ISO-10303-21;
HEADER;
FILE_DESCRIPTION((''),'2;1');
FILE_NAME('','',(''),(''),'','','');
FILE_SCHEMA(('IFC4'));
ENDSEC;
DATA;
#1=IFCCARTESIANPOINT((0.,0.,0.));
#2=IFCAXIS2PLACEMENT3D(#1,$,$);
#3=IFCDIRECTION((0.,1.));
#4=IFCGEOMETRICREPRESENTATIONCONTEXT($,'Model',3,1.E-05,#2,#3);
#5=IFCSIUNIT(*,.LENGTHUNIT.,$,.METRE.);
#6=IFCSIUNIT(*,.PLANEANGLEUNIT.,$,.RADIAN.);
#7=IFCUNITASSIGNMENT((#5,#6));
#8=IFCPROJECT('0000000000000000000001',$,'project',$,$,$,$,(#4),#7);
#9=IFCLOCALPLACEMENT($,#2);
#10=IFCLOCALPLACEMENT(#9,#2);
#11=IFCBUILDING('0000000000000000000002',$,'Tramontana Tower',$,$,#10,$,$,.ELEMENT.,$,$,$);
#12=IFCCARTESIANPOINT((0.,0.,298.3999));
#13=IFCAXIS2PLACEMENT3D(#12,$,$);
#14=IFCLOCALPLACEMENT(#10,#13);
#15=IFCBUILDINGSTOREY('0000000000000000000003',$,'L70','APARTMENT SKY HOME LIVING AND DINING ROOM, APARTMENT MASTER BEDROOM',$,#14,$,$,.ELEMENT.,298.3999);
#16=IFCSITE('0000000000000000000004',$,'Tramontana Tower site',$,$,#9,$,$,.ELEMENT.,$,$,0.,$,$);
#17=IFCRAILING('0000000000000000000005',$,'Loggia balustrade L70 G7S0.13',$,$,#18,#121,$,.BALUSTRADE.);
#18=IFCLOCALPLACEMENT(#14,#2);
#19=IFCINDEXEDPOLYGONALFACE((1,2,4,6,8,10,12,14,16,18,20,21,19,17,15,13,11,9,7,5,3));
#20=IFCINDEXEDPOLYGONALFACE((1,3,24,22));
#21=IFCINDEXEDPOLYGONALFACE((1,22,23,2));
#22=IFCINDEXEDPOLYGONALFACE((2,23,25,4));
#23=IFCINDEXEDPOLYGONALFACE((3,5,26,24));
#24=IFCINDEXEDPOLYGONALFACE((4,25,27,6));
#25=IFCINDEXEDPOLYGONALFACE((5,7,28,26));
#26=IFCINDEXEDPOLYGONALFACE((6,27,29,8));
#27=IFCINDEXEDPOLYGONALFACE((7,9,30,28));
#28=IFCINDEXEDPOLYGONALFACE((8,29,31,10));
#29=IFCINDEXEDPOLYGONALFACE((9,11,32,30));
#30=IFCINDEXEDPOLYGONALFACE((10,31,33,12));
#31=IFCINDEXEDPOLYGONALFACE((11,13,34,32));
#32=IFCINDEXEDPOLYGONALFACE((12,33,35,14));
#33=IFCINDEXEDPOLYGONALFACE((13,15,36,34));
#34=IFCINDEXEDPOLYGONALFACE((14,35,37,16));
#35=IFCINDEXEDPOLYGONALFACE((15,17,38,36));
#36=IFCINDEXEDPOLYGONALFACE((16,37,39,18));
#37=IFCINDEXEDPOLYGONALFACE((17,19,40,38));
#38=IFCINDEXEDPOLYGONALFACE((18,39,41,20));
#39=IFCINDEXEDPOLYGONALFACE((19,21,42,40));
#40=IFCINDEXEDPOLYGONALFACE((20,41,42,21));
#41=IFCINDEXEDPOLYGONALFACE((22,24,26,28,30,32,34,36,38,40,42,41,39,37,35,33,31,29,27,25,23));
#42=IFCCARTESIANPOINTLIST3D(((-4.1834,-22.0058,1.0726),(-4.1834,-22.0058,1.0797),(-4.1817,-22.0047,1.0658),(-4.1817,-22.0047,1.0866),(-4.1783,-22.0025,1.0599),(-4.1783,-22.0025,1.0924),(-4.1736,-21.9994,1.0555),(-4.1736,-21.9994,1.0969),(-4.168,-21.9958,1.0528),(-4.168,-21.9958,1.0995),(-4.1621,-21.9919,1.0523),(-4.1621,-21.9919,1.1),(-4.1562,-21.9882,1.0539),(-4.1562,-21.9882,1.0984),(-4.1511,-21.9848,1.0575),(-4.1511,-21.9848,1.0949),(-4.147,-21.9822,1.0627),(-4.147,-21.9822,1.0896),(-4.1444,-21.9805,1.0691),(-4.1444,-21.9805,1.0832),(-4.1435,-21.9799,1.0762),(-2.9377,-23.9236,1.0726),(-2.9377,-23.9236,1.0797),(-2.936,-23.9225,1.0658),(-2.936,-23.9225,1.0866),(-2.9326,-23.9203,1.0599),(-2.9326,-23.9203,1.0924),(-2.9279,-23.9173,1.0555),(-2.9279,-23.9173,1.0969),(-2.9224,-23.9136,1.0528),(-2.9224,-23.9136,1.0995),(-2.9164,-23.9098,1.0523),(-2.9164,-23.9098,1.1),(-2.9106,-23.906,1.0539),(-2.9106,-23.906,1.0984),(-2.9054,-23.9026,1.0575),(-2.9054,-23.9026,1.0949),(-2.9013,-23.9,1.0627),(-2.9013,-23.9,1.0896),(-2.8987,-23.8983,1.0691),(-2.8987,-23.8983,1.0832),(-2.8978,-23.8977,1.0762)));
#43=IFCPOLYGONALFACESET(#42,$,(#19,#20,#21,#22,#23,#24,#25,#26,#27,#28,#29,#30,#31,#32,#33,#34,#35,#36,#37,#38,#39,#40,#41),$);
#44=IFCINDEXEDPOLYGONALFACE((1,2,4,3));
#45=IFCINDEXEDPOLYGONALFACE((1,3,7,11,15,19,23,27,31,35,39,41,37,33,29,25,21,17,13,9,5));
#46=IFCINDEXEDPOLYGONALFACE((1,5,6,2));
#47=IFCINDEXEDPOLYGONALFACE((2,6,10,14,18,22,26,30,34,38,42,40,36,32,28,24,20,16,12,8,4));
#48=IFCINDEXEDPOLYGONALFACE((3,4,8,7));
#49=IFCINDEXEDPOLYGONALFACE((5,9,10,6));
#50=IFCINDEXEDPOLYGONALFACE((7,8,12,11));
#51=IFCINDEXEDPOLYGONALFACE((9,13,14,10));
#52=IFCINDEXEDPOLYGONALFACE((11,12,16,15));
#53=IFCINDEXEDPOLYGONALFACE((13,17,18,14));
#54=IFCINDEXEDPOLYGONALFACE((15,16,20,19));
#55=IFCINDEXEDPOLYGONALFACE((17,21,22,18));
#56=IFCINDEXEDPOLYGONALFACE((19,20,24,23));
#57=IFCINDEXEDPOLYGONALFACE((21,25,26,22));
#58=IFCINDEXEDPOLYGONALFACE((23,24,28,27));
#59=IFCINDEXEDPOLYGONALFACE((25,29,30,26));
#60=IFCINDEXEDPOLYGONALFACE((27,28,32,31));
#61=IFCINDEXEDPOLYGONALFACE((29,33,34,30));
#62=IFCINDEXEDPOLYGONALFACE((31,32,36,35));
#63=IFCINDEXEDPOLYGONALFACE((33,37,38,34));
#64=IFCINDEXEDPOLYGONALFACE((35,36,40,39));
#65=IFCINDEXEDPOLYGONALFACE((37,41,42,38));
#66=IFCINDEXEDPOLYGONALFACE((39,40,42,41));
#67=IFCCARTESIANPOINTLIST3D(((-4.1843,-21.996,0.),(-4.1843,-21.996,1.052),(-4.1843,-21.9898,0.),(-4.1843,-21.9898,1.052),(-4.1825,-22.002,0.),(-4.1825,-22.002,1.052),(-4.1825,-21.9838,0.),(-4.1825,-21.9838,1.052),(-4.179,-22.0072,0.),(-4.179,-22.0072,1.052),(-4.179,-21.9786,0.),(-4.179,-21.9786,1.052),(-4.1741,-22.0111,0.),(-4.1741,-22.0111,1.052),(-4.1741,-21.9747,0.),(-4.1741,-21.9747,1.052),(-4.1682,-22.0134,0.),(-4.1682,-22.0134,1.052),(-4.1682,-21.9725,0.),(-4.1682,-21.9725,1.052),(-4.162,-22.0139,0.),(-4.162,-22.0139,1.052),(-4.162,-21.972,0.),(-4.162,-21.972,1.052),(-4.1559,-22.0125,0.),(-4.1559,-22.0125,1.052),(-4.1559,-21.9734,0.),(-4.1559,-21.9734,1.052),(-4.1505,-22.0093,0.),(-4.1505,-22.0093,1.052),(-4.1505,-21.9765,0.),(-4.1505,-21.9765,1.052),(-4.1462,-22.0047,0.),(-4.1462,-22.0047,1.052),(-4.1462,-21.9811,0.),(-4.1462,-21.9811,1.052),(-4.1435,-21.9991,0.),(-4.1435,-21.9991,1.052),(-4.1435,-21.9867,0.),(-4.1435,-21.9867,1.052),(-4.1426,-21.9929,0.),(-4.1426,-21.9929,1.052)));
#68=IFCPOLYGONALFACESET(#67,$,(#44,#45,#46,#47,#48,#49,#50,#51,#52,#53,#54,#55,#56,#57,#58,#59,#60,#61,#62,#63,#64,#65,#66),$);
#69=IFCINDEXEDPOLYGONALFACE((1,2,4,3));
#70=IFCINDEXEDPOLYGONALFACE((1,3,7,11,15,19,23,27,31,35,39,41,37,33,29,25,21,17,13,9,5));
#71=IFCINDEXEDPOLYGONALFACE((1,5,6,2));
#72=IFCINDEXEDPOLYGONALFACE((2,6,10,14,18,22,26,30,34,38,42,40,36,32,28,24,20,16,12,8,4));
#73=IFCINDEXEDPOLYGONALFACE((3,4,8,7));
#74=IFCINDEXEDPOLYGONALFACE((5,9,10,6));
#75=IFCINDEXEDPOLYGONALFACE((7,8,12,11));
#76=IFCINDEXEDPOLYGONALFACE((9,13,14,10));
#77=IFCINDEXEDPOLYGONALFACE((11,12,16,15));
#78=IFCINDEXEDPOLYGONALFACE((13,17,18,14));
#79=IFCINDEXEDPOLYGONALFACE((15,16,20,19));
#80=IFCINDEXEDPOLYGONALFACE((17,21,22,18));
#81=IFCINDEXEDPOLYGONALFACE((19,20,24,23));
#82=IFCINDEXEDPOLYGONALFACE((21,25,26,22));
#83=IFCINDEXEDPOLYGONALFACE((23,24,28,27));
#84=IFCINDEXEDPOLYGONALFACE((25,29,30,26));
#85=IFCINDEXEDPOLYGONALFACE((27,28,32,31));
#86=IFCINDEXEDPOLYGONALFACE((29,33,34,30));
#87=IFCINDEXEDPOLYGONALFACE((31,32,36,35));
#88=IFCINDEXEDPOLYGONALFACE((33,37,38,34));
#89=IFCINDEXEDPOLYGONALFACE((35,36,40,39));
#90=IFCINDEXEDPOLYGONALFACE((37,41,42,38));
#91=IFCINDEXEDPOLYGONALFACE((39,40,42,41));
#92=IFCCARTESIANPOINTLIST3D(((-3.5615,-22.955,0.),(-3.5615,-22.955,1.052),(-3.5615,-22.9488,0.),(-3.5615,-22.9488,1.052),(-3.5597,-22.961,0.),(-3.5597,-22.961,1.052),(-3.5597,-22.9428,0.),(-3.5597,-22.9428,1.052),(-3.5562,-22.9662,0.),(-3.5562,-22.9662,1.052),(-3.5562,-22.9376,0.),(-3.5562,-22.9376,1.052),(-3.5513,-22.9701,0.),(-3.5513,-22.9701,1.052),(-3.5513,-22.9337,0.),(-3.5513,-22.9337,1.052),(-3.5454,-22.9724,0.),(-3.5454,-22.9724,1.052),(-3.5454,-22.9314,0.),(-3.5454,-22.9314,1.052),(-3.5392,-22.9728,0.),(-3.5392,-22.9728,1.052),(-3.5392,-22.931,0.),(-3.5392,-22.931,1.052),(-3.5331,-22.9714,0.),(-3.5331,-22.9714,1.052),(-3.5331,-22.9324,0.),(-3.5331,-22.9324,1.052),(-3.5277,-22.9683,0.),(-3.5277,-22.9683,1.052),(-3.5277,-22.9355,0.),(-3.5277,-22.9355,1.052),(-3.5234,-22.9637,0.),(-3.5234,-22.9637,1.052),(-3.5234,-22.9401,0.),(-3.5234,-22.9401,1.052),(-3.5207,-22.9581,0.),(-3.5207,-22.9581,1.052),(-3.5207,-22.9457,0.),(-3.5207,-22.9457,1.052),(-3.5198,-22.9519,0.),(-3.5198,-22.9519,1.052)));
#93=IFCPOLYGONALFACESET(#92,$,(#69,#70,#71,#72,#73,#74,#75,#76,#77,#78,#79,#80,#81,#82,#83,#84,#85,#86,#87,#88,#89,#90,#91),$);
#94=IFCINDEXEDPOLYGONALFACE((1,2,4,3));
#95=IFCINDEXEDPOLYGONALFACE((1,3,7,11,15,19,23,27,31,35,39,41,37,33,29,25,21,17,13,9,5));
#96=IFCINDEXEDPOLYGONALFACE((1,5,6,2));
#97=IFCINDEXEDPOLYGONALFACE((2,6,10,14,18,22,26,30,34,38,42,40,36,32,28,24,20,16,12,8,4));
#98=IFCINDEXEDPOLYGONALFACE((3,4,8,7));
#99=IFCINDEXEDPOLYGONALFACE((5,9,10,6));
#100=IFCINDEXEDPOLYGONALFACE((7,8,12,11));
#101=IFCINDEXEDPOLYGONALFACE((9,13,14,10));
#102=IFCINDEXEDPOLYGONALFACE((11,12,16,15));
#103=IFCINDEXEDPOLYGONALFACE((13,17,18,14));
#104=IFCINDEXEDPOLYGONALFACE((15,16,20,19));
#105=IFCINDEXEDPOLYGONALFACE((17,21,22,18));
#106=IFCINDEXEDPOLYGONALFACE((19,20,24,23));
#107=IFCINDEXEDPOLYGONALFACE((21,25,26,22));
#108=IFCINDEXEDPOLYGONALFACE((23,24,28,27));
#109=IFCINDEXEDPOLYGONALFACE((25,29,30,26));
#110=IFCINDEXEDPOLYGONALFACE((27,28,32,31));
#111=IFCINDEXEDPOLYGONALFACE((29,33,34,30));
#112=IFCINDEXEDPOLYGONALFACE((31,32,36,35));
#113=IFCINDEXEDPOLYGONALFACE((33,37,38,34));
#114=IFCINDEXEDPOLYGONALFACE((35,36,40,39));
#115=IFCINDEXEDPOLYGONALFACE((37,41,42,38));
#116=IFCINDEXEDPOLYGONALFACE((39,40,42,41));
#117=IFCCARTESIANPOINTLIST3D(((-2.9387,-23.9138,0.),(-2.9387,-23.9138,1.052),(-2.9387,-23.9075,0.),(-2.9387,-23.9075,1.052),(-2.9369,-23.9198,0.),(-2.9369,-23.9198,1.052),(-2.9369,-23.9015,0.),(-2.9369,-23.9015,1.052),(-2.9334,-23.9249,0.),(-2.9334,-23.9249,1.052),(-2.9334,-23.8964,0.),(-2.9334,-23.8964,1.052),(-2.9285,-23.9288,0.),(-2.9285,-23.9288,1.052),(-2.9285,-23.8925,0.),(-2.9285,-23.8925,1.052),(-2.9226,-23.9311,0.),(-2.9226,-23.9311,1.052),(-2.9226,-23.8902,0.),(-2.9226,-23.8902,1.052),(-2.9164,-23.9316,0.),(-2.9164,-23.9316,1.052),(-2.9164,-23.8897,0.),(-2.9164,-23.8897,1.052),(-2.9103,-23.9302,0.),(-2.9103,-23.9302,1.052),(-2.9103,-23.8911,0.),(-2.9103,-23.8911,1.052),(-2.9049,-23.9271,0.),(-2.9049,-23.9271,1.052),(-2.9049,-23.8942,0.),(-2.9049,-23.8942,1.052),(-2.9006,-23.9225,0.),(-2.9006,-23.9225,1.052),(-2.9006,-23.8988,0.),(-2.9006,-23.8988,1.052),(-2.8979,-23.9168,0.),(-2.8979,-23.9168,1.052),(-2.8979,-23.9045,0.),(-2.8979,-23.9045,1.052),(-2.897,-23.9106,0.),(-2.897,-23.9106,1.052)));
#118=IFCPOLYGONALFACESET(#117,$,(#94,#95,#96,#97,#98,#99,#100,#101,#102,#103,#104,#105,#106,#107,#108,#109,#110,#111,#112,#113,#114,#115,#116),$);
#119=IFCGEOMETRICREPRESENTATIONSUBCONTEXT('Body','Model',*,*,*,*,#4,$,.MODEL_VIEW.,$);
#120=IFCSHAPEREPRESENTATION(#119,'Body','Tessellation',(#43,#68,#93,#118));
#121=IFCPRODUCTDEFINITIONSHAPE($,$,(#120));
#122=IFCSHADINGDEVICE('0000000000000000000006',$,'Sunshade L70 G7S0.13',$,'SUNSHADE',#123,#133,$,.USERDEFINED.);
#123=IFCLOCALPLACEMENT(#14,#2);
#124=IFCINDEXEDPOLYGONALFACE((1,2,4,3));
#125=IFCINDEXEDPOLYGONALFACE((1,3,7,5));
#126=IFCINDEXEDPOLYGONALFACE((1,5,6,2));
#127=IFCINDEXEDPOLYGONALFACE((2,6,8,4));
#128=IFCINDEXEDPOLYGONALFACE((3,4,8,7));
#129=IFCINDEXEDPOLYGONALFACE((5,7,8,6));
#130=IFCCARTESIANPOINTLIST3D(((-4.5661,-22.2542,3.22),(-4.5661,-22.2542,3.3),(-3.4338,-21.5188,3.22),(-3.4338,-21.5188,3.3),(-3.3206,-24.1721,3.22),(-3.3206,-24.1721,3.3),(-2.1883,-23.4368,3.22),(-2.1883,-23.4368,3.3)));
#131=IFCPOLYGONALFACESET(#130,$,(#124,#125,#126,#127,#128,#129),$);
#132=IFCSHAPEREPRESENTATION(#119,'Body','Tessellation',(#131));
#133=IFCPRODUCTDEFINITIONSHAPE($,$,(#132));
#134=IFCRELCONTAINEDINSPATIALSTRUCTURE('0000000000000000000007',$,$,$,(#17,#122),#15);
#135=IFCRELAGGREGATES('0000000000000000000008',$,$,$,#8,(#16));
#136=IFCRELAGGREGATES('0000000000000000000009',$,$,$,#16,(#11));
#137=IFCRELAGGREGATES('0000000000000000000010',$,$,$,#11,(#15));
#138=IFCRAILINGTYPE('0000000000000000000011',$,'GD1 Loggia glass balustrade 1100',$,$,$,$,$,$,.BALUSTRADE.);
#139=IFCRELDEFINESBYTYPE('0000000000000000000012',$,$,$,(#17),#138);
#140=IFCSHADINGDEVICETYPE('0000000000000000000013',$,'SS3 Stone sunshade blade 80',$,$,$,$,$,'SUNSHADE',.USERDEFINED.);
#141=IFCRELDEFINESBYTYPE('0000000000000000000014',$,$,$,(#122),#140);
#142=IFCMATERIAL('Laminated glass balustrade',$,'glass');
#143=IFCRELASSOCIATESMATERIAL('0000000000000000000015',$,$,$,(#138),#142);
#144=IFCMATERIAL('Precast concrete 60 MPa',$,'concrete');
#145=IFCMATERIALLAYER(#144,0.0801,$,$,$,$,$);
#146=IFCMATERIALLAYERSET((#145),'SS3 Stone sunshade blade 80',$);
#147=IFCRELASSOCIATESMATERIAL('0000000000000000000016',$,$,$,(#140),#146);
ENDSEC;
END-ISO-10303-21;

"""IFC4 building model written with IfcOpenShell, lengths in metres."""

from ifc_helpers import new_model, si_unit, direction, frame, origin, origin_2d, place, context, subcontext, project, spatial, rectangle, circle, extrude, material, layer, layer_set, type_object, element, save


model = new_model("IFC4")

# Units and contexts
model_context = context("Model", 3, precision=1e-05, world=origin(), true_north=direction((0.0, 1.0)))
body_context = subcontext(model_context, "Body", "Model", "MODEL_VIEW")
ifc_project = project(units=[si_unit("LENGTHUNIT", "METRE"), si_unit("PLANEANGLEUNIT", "RADIAN")], contexts=[model_context])

# Site, building, storey
site_placement = place(None, origin())
site = spatial("IfcSite", under=ifc_project, at=site_placement, Name="Tramontana Tower site", CompositionType="ELEMENT", RefElevation=0.0)
building_placement = place(site_placement, origin())
building = spatial("IfcBuilding", under=site, at=building_placement, Name="Tramontana Tower", CompositionType="ELEMENT")
storey_placement = place(building_placement, frame((0.0, 0.0, 298.3999)))
storey = spatial("IfcBuildingStorey", under=building, at=storey_placement, Name="L70", Description="APARTMENT SKY HOME LIVING AND DINING ROOM, APARTMENT MASTER BEDROOM", CompositionType="ELEMENT", Elevation=298.3999)

# Railing
ifc_material_1 = material(Name="Laminated glass balustrade", Category="glass")
railing_type = type_object("IfcRailingType", Name="GD1 Loggia glass balustrade 1100", PredefinedType="BALUSTRADE", material=ifc_material_1)
railing_placement = place(storey_placement, frame((-4.1636, -21.9929, 0.0)))
element("IfcRailing", 1, at=railing_placement, inside=storey, type_object=railing_type, Name="Loggia balustrade L70 G7S0.13", PredefinedType="BALUSTRADE", context=body_context, shape_type="SweptSolid", body=[
    extrude(circle(Radius=0.0239, at=origin_2d()), frame((0.0, 0.0, 1.0762), z_axis=(0.544707, -0.838627, 0.0), x_axis=(0.838627, 0.544707, 0.0)), (0.0, 0.0, 1.0), 2.2869),
    extrude(circle(Radius=0.021, at=origin_2d()), origin(), (0.0, 0.0, 1.0), 1.052),
    extrude(circle(Radius=0.021, at=origin_2d()), frame((0.6228, -0.959, 0.0)), (0.0, 0.0, 1.0), 1.052),
    extrude(circle(Radius=0.021, at=origin_2d()), frame((1.2456, -1.9177, 0.0)), (0.0, 0.0, 1.0), 1.052),
])

# Shading device
ifc_material_2 = material(Name="Precast concrete 60 MPa", Category="concrete")
ifc_layer_1 = layer(ifc_material_2, 0.0801)
ifc_layer_set_1 = layer_set([ifc_layer_1], Name="SS3 Stone sunshade blade 80")
shading_device_type = type_object("IfcShadingDeviceType", Name="SS3 Stone sunshade blade 80", ElementType="SUNSHADE", PredefinedType="USERDEFINED", material=ifc_layer_set_1)
shading_device_placement = place(storey_placement, frame((-3.3772, -22.8455, 3.22), z_axis=(0.0, 0.0, 1.0), x_axis=(0.544639, -0.838671, 0.0)))
element("IfcShadingDevice", 2, at=shading_device_placement, inside=storey, type_object=shading_device_type, Name="Sunshade L70 G7S0.13", ObjectType="SUNSHADE", PredefinedType="USERDEFINED", context=body_context, shape_type="SweptSolid", body=[
    extrude(rectangle(XDim=2.2869, YDim=1.3501, at=origin_2d()), origin(), (0.0, 0.0, 1.0), 0.0801),
])

save(model, "model.ifc")
